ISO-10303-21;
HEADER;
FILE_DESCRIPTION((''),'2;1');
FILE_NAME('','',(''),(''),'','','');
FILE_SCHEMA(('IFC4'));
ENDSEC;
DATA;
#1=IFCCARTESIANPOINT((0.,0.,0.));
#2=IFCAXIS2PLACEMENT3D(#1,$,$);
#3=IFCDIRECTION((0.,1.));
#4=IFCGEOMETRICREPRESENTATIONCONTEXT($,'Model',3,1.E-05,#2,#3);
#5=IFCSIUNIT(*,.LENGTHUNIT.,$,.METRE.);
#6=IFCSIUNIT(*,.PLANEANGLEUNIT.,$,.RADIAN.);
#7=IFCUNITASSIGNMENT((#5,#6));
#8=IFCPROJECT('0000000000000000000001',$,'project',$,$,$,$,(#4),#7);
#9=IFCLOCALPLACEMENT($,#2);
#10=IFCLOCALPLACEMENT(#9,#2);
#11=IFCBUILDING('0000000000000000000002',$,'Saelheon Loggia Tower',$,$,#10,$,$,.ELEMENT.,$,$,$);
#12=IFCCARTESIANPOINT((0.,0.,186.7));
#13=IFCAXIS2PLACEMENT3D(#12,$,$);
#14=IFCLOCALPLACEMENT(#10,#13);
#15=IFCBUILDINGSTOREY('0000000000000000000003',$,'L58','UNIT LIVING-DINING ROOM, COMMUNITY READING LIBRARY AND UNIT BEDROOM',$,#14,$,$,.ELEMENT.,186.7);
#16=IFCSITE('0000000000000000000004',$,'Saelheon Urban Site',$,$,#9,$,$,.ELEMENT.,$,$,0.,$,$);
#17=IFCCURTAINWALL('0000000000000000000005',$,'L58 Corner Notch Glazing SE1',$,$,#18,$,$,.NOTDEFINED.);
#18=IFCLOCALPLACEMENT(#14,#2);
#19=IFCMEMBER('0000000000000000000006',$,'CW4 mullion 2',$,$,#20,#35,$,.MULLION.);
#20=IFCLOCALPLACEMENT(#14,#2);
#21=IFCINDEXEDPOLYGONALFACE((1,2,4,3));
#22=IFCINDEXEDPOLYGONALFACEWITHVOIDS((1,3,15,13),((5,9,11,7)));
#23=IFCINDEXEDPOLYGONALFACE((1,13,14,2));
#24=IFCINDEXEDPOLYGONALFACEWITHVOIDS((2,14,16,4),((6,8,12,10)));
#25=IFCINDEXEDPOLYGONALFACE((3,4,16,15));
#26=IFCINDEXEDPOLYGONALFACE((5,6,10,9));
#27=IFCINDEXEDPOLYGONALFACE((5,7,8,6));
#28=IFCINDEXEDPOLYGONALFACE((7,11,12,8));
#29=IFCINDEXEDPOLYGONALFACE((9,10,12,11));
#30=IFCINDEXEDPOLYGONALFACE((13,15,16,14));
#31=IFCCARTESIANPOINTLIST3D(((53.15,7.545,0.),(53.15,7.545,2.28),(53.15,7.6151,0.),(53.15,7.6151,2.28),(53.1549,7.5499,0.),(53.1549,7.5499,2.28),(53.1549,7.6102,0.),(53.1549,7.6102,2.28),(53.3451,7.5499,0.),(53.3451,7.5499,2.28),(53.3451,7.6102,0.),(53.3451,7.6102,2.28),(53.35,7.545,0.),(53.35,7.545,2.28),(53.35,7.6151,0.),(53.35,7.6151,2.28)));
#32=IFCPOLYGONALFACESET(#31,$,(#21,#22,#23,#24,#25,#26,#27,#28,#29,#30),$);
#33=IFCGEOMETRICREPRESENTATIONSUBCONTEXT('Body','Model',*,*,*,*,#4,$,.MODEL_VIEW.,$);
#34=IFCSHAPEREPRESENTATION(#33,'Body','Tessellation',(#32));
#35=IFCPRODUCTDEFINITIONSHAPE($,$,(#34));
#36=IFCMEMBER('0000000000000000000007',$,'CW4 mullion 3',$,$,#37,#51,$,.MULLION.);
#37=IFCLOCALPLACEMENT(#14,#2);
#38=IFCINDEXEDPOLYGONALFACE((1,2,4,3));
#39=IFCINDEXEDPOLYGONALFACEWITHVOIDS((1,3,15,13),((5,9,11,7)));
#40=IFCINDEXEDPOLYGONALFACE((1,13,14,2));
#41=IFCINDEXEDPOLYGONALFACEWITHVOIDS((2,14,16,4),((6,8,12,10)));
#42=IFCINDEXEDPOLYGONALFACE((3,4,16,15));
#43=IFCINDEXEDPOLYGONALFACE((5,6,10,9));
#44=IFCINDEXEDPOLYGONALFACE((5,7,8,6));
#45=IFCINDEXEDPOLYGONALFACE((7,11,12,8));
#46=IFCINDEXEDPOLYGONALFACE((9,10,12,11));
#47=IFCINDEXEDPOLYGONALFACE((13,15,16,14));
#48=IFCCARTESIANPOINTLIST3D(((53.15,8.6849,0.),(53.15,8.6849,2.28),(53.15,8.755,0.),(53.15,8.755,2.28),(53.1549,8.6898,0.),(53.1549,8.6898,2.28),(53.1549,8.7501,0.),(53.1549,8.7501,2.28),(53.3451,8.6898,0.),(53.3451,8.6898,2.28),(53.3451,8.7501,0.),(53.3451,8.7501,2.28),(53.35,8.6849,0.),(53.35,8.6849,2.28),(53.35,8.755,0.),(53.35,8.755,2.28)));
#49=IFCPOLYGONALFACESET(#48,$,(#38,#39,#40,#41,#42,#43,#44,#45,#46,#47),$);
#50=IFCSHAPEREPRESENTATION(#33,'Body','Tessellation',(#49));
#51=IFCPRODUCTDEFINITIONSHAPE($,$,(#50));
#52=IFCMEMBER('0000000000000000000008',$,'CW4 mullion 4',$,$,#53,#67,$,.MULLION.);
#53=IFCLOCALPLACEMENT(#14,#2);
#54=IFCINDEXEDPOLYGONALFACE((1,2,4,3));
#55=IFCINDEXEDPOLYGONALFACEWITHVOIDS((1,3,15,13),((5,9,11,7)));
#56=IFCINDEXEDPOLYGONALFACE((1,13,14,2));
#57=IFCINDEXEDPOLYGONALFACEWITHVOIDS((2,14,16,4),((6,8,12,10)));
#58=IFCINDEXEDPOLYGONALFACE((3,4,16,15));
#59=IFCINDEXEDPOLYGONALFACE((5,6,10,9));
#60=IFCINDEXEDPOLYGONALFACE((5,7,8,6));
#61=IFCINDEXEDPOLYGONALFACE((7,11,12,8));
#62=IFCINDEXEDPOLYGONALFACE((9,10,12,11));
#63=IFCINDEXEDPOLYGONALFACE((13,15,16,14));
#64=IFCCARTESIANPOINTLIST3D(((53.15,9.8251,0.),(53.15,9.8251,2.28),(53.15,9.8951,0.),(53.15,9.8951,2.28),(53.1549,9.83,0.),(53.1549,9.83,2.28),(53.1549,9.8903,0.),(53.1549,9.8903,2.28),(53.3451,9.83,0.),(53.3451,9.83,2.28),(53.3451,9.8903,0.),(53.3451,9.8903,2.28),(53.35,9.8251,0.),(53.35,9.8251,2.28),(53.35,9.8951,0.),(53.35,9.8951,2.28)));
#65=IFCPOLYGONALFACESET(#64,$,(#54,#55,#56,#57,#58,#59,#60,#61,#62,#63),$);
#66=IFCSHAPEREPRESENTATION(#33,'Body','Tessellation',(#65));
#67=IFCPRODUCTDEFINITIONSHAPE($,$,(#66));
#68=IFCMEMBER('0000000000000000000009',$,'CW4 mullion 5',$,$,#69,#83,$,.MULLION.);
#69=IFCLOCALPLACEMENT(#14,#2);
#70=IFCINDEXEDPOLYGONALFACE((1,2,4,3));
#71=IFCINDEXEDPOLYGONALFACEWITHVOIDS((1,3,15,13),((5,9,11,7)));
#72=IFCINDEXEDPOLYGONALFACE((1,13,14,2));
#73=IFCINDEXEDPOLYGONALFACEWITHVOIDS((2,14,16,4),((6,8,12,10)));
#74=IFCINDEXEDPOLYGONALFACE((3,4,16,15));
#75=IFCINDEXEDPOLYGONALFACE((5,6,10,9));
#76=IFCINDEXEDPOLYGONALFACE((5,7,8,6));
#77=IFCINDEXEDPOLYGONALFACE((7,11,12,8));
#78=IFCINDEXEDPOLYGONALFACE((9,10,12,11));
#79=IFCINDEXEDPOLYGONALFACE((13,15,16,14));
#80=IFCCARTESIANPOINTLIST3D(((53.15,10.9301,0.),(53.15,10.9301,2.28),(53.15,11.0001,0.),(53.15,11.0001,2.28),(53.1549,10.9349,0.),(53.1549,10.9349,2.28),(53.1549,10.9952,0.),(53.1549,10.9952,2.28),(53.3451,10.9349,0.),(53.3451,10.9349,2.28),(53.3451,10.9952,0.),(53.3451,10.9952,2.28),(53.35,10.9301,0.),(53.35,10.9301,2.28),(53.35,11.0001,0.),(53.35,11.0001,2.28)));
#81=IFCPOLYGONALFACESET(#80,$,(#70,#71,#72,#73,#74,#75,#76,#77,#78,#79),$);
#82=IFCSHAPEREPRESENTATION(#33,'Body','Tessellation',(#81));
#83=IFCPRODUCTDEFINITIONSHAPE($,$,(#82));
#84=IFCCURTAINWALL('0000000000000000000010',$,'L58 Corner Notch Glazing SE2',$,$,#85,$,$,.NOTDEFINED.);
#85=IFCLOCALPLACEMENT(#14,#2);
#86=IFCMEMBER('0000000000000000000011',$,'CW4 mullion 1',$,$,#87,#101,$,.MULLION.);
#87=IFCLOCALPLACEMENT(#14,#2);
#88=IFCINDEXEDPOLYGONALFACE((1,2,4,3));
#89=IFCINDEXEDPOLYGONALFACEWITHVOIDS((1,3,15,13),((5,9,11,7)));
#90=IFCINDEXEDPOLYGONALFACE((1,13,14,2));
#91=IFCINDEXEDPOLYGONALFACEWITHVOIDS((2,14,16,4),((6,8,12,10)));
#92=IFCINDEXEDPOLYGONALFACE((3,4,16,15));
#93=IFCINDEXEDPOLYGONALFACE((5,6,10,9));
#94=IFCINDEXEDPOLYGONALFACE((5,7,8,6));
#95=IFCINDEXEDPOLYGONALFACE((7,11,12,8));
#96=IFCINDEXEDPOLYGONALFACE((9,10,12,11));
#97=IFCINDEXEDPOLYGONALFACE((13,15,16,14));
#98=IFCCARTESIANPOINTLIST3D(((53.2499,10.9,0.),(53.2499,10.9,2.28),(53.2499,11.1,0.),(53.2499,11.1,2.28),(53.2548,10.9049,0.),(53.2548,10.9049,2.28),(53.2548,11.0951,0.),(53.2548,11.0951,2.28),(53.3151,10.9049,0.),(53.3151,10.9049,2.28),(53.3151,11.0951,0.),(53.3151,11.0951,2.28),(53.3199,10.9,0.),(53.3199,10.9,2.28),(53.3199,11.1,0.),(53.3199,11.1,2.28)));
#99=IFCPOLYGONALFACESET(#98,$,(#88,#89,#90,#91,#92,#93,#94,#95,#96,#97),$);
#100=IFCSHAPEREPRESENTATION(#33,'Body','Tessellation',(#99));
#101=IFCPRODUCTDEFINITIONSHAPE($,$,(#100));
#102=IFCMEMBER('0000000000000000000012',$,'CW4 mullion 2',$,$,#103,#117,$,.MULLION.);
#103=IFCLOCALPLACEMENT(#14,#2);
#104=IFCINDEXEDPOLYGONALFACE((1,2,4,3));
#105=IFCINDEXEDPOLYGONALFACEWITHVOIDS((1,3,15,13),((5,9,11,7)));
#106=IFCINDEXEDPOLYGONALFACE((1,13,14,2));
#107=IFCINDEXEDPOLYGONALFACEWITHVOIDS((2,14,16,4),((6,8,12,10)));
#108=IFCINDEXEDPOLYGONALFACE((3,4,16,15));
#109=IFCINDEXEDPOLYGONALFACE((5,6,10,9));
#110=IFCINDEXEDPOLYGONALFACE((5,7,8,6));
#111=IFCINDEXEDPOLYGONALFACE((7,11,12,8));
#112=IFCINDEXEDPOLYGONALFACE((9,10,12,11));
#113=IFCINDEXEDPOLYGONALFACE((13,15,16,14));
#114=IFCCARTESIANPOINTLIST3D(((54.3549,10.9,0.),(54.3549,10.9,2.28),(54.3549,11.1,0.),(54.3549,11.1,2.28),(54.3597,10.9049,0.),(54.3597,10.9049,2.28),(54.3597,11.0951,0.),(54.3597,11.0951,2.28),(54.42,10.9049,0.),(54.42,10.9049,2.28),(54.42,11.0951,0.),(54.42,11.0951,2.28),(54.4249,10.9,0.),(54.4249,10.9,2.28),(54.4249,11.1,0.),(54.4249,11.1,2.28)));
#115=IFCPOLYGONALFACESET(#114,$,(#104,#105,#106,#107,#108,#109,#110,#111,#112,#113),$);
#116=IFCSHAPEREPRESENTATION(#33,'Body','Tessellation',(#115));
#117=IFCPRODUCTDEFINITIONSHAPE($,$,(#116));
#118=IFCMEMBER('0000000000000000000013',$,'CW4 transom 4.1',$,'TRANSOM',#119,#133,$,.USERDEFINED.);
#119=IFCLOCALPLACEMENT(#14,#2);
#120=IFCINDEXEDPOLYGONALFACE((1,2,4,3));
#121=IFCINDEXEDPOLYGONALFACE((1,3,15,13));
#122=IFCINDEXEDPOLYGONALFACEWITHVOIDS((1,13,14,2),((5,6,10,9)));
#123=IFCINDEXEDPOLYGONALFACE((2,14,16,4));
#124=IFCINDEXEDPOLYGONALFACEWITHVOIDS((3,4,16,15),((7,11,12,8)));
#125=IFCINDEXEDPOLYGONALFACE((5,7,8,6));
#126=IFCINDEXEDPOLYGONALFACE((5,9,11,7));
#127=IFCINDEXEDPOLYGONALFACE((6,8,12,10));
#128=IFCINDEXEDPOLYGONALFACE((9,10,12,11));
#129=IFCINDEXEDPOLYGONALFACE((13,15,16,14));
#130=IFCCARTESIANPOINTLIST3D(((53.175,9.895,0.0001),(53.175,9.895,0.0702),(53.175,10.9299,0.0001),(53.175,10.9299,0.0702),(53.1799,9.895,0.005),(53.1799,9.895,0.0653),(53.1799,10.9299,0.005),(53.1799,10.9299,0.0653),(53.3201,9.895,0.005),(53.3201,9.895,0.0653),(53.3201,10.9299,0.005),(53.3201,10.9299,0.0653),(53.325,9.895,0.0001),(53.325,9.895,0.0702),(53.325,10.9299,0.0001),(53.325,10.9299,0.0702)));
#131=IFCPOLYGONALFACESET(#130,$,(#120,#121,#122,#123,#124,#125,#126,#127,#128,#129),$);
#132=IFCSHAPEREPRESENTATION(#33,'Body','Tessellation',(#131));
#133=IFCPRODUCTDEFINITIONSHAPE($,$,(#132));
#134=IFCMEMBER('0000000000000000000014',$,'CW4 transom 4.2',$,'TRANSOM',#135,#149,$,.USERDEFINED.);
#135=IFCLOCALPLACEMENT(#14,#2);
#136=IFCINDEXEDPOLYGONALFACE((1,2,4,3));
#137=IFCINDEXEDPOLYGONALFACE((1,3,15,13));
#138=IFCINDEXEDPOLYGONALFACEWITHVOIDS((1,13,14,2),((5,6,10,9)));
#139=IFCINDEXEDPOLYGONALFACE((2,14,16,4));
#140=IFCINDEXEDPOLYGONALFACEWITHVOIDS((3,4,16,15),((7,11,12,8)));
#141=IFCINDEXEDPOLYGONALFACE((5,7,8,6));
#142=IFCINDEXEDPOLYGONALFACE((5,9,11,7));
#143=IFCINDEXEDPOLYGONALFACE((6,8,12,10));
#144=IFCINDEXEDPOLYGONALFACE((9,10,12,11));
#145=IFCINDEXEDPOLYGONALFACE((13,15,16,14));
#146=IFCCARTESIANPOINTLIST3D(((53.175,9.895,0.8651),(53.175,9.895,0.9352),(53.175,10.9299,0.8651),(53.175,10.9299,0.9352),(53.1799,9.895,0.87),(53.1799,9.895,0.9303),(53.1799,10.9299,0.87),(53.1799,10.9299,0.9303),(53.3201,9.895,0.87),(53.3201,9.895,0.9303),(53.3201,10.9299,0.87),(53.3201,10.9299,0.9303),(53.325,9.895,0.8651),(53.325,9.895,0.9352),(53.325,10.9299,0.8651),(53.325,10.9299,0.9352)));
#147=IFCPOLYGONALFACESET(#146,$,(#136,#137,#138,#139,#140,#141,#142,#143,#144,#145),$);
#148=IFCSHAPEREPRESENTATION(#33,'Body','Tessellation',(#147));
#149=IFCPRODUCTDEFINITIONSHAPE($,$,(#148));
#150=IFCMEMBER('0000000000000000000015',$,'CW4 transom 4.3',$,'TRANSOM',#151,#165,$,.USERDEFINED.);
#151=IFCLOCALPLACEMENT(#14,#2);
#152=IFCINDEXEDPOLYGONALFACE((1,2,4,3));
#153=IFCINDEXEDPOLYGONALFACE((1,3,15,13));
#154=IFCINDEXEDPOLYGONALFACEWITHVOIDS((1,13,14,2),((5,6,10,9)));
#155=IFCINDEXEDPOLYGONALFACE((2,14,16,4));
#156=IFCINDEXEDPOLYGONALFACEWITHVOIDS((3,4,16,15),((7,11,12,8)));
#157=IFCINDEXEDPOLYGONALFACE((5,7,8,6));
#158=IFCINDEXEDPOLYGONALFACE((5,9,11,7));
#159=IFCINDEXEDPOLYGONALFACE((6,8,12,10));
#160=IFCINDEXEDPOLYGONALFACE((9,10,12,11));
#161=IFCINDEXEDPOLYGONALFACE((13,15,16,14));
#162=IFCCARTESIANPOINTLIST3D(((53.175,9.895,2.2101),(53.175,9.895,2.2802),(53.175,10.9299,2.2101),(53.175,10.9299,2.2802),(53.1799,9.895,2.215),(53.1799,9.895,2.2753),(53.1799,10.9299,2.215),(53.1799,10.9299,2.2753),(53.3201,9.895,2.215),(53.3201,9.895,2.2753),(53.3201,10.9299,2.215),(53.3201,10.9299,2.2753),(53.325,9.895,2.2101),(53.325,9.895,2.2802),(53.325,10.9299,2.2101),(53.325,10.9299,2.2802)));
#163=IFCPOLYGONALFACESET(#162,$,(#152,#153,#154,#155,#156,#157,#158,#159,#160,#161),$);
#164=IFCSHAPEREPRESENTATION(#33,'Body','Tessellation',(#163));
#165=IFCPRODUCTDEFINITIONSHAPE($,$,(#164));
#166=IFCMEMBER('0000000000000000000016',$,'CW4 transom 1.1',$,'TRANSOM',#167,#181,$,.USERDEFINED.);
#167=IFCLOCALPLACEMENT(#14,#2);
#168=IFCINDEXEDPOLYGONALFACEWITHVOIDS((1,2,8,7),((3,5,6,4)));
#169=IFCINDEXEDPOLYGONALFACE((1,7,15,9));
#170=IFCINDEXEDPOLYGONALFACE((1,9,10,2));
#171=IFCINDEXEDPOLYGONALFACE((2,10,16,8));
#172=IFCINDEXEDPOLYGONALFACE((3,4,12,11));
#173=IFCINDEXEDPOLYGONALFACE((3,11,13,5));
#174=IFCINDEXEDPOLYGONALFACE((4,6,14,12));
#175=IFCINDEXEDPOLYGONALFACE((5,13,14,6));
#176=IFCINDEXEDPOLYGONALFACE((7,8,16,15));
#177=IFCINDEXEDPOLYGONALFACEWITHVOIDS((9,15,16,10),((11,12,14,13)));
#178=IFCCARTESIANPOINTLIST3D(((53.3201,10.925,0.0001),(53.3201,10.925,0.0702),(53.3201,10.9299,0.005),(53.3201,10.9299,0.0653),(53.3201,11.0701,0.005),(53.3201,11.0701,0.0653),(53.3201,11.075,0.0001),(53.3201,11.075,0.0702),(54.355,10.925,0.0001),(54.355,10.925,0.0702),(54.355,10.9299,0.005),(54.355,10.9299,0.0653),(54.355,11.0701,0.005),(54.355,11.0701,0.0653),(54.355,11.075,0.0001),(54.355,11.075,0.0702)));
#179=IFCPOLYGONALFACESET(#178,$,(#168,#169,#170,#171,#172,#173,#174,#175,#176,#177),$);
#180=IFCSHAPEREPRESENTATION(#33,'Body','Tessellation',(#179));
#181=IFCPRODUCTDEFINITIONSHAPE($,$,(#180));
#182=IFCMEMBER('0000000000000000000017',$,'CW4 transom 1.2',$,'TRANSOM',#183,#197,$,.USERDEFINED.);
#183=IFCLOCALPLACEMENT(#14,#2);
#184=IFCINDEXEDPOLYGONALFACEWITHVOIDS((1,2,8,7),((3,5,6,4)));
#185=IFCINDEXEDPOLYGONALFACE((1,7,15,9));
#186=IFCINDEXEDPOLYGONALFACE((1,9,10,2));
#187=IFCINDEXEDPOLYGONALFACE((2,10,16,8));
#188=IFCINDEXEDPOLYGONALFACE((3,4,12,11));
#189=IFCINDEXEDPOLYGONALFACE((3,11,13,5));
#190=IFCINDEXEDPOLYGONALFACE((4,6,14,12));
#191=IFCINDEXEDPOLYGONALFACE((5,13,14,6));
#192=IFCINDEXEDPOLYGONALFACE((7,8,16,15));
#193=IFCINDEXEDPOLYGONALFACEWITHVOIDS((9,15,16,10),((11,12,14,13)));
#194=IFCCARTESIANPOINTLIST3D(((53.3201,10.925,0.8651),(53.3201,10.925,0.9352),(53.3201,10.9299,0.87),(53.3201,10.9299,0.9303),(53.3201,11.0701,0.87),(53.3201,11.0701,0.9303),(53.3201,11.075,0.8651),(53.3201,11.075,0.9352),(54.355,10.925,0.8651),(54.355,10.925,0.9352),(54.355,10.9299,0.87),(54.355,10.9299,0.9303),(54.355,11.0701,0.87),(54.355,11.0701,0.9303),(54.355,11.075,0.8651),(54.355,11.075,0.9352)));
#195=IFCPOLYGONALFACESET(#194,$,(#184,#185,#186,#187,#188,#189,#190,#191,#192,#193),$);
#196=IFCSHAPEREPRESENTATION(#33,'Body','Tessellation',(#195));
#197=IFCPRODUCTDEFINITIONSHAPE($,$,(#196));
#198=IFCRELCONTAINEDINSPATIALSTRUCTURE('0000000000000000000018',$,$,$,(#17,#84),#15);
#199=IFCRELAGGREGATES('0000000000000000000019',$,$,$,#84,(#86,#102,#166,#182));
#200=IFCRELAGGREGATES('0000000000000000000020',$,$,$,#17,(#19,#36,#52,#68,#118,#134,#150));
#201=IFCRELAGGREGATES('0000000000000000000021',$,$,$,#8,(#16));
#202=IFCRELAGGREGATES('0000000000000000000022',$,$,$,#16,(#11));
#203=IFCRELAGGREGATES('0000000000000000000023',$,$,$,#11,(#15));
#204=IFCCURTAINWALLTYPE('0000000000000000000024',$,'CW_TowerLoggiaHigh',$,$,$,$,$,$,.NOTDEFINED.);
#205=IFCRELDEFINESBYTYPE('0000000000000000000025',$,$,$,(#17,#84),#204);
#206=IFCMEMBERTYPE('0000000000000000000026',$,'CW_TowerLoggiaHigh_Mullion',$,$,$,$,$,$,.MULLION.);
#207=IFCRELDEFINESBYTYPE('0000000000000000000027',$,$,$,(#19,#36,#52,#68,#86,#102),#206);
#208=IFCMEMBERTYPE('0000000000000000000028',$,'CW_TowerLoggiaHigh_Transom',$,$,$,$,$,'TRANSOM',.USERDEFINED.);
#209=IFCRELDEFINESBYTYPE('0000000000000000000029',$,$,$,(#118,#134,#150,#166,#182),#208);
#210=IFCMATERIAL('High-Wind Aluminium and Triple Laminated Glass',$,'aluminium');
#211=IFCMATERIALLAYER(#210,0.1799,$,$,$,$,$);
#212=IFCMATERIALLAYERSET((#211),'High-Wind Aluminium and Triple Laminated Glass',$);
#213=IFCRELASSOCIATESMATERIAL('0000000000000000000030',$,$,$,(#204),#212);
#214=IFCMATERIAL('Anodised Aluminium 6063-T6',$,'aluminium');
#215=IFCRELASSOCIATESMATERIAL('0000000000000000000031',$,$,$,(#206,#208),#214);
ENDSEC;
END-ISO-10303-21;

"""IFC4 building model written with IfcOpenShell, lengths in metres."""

from ifc_helpers import new_model, si_unit, direction, frame, origin, origin_2d, place, context, subcontext, project, spatial, hollow_rectangle, extrude, source, transform, mapped, material, layer, layer_set, material_profile, profile_set, type_object, element, aggregate, save


model = new_model("IFC4")

# Units and contexts
model_context = context("Model", 3, precision=1e-05, world=origin(), true_north=direction((0.0, 1.0)))
body_context = subcontext(model_context, "Body", "Model", "MODEL_VIEW")
ifc_project = project(units=[si_unit("LENGTHUNIT", "METRE"), si_unit("PLANEANGLEUNIT", "RADIAN")], contexts=[model_context])

# Site, building, storey
site_placement = place(None, origin())
site = spatial("IfcSite", under=ifc_project, at=site_placement, Name="Saelheon Urban Site", CompositionType="ELEMENT", RefElevation=0.0)
building_placement = place(site_placement, origin())
building = spatial("IfcBuilding", under=site, at=building_placement, Name="Saelheon Loggia Tower", CompositionType="ELEMENT")
storey_placement = place(building_placement, frame((0.0, 0.0, 186.7)))
storey = spatial("IfcBuildingStorey", under=building, at=storey_placement, Name="L58", Description="UNIT LIVING-DINING ROOM, COMMUNITY READING LIBRARY AND UNIT BEDROOM", CompositionType="ELEMENT", Elevation=186.7)

# Curtain walls, members
ifc_material_1 = material(Name="High-Wind Aluminium and Triple Laminated Glass", Category="aluminium")
ifc_layer_1 = layer(ifc_material_1, 0.1799)
ifc_layer_set_1 = layer_set([ifc_layer_1], Name="High-Wind Aluminium and Triple Laminated Glass")
curtain_wall_type = type_object("IfcCurtainWallType", Name="CW_TowerLoggiaHigh", PredefinedType="NOTDEFINED", material=ifc_layer_set_1)
curtain_wall_1_placement = place(storey_placement, origin())
curtain_wall_1 = element("IfcCurtainWall", 1, at=curtain_wall_1_placement, inside=storey, type_object=curtain_wall_type, Name="L58 Corner Notch Glazing SE1", PredefinedType="NOTDEFINED")
ifc_material_2 = material(Name="Anodised Aluminium 6063-T6", Category="aluminium")
ifc_material_profile_1 = material_profile(ifc_material_2, hollow_rectangle(XDim=0.0701, YDim=0.2, WallThickness=0.0049, at=origin_2d()), Name="RHS-200x70x5")
ifc_profile_set_1 = profile_set([ifc_material_profile_1], Name="Anodised Aluminium 6063-T6")
member_type_1 = type_object("IfcMemberType", Name="CW_TowerLoggiaHigh_Mullion", PredefinedType="MULLION", material=ifc_profile_set_1)
shared_shape_1 = source(origin(), body_context, "Body", "SweptSolid", [
    extrude(hollow_rectangle(XDim=0.0701, YDim=0.2, WallThickness=0.0049, at=origin_2d()), origin(), (0.0, 0.0, 1.0), 2.28),
])
member_1_placement = place(storey_placement, frame((53.25, 7.5801, 0.0), z_axis=(0.0, 0.0, 1.0), x_axis=(0.0, 1.0, 0.0)))
member_1 = element("IfcMember", 2, at=member_1_placement, type_object=member_type_1, Name="CW4 mullion 2", PredefinedType="MULLION", context=body_context, shape_type="MappedRepresentation", body=[
    mapped(shared_shape_1, transform((0.0, 0.0, 0.0), scale=1.0)),
])
member_2_placement = place(storey_placement, frame((53.25, 8.72, 0.0), z_axis=(0.0, 0.0, 1.0), x_axis=(0.0, 1.0, 0.0)))
member_2 = element("IfcMember", 3, at=member_2_placement, type_object=member_type_1, Name="CW4 mullion 3", PredefinedType="MULLION", context=body_context, shape_type="MappedRepresentation", body=[
    mapped(shared_shape_1, transform((0.0, 0.0, 0.0), scale=1.0)),
])
member_3_placement = place(storey_placement, frame((53.25, 9.8601, 0.0), z_axis=(0.0, 0.0, 1.0), x_axis=(0.0, 1.0, 0.0)))
member_3 = element("IfcMember", 4, at=member_3_placement, type_object=member_type_1, Name="CW4 mullion 4", PredefinedType="MULLION", context=body_context, shape_type="MappedRepresentation", body=[
    mapped(shared_shape_1, transform((0.0, 0.0, 0.0), scale=1.0)),
])
member_4_placement = place(storey_placement, frame((53.25, 10.9651, 0.0), z_axis=(0.0, 0.0, 1.0), x_axis=(0.0, 1.0, 0.0)))
member_4 = element("IfcMember", 5, at=member_4_placement, type_object=member_type_1, Name="CW4 mullion 5", PredefinedType="MULLION", context=body_context, shape_type="MappedRepresentation", body=[
    mapped(shared_shape_1, transform((0.0, 0.0, 0.0), scale=1.0)),
])
curtain_wall_2_placement = place(storey_placement, origin())
curtain_wall_2 = element("IfcCurtainWall", 6, at=curtain_wall_2_placement, inside=storey, type_object=curtain_wall_type, Name="L58 Corner Notch Glazing SE2", PredefinedType="NOTDEFINED")
member_5_placement = place(storey_placement, frame((53.2849, 11.0, 0.0), z_axis=(0.0, 0.0, 1.0), x_axis=(1.0, 0.0, 0.0)))
member_5 = element("IfcMember", 7, at=member_5_placement, type_object=member_type_1, Name="CW4 mullion 1", PredefinedType="MULLION", context=body_context, shape_type="MappedRepresentation", body=[
    mapped(shared_shape_1, transform((0.0, 0.0, 0.0), scale=1.0)),
])
member_6_placement = place(storey_placement, frame((54.3899, 11.0, 0.0), z_axis=(0.0, 0.0, 1.0), x_axis=(1.0, 0.0, 0.0)))
member_6 = element("IfcMember", 8, at=member_6_placement, type_object=member_type_1, Name="CW4 mullion 2", PredefinedType="MULLION", context=body_context, shape_type="MappedRepresentation", body=[
    mapped(shared_shape_1, transform((0.0, 0.0, 0.0), scale=1.0)),
])

# Members
ifc_material_profile_2 = material_profile(ifc_material_2, hollow_rectangle(XDim=0.0701, YDim=0.1499, WallThickness=0.0049, at=origin_2d()), Name="RHS-150x70x5")
ifc_profile_set_2 = profile_set([ifc_material_profile_2], Name="Anodised Aluminium 6063-T6")
member_type_2 = type_object("IfcMemberType", Name="CW_TowerLoggiaHigh_Transom", ElementType="TRANSOM", PredefinedType="USERDEFINED", material=ifc_profile_set_2)
shared_shape_2 = source(origin(), body_context, "Body", "SweptSolid", [
    extrude(hollow_rectangle(XDim=0.0701, YDim=0.1499, WallThickness=0.0049, at=origin_2d()), origin(), (0.0, 0.0, 1.0), 1.0349),
])
member_7_placement = place(storey_placement, frame((53.25, 9.895, 0.0352), z_axis=(0.0, 1.0, 0.0), x_axis=(0.0, 0.0, 1.0)))
member_7 = element("IfcMember", 9, at=member_7_placement, type_object=member_type_2, Name="CW4 transom 4.1", ObjectType="TRANSOM", PredefinedType="USERDEFINED", context=body_context, shape_type="MappedRepresentation", body=[
    mapped(shared_shape_2, transform((0.0, 0.0, 0.0), scale=1.0)),
])
member_8_placement = place(storey_placement, frame((53.25, 9.895, 0.9001), z_axis=(0.0, 1.0, 0.0), x_axis=(0.0, 0.0, 1.0)))
member_8 = element("IfcMember", 10, at=member_8_placement, type_object=member_type_2, Name="CW4 transom 4.2", ObjectType="TRANSOM", PredefinedType="USERDEFINED", context=body_context, shape_type="MappedRepresentation", body=[
    mapped(shared_shape_2, transform((0.0, 0.0, 0.0), scale=1.0)),
])
member_9_placement = place(storey_placement, frame((53.25, 9.895, 2.2451), z_axis=(0.0, 1.0, 0.0), x_axis=(0.0, 0.0, 1.0)))
member_9 = element("IfcMember", 11, at=member_9_placement, type_object=member_type_2, Name="CW4 transom 4.3", ObjectType="TRANSOM", PredefinedType="USERDEFINED", context=body_context, shape_type="MappedRepresentation", body=[
    mapped(shared_shape_2, transform((0.0, 0.0, 0.0), scale=1.0)),
])
member_10_placement = place(storey_placement, frame((53.3201, 11.0, 0.0352), z_axis=(1.0, 0.0, 0.0), x_axis=(0.0, 0.0, 1.0)))
member_10 = element("IfcMember", 12, at=member_10_placement, type_object=member_type_2, Name="CW4 transom 1.1", ObjectType="TRANSOM", PredefinedType="USERDEFINED", context=body_context, shape_type="MappedRepresentation", body=[
    mapped(shared_shape_2, transform((0.0, 0.0, 0.0), scale=1.0)),
])
member_11_placement = place(storey_placement, frame((53.3201, 11.0, 0.9001), z_axis=(1.0, 0.0, 0.0), x_axis=(0.0, 0.0, 1.0)))
member_11 = element("IfcMember", 13, at=member_11_placement, type_object=member_type_2, Name="CW4 transom 1.2", ObjectType="TRANSOM", PredefinedType="USERDEFINED", context=body_context, shape_type="MappedRepresentation", body=[
    mapped(shared_shape_2, transform((0.0, 0.0, 0.0), scale=1.0)),
])

aggregate(curtain_wall_2, [member_5, member_6, member_10, member_11])
aggregate(curtain_wall_1, [member_1, member_2, member_3, member_4, member_7, member_8, member_9])

save(model, "model.ifc")
